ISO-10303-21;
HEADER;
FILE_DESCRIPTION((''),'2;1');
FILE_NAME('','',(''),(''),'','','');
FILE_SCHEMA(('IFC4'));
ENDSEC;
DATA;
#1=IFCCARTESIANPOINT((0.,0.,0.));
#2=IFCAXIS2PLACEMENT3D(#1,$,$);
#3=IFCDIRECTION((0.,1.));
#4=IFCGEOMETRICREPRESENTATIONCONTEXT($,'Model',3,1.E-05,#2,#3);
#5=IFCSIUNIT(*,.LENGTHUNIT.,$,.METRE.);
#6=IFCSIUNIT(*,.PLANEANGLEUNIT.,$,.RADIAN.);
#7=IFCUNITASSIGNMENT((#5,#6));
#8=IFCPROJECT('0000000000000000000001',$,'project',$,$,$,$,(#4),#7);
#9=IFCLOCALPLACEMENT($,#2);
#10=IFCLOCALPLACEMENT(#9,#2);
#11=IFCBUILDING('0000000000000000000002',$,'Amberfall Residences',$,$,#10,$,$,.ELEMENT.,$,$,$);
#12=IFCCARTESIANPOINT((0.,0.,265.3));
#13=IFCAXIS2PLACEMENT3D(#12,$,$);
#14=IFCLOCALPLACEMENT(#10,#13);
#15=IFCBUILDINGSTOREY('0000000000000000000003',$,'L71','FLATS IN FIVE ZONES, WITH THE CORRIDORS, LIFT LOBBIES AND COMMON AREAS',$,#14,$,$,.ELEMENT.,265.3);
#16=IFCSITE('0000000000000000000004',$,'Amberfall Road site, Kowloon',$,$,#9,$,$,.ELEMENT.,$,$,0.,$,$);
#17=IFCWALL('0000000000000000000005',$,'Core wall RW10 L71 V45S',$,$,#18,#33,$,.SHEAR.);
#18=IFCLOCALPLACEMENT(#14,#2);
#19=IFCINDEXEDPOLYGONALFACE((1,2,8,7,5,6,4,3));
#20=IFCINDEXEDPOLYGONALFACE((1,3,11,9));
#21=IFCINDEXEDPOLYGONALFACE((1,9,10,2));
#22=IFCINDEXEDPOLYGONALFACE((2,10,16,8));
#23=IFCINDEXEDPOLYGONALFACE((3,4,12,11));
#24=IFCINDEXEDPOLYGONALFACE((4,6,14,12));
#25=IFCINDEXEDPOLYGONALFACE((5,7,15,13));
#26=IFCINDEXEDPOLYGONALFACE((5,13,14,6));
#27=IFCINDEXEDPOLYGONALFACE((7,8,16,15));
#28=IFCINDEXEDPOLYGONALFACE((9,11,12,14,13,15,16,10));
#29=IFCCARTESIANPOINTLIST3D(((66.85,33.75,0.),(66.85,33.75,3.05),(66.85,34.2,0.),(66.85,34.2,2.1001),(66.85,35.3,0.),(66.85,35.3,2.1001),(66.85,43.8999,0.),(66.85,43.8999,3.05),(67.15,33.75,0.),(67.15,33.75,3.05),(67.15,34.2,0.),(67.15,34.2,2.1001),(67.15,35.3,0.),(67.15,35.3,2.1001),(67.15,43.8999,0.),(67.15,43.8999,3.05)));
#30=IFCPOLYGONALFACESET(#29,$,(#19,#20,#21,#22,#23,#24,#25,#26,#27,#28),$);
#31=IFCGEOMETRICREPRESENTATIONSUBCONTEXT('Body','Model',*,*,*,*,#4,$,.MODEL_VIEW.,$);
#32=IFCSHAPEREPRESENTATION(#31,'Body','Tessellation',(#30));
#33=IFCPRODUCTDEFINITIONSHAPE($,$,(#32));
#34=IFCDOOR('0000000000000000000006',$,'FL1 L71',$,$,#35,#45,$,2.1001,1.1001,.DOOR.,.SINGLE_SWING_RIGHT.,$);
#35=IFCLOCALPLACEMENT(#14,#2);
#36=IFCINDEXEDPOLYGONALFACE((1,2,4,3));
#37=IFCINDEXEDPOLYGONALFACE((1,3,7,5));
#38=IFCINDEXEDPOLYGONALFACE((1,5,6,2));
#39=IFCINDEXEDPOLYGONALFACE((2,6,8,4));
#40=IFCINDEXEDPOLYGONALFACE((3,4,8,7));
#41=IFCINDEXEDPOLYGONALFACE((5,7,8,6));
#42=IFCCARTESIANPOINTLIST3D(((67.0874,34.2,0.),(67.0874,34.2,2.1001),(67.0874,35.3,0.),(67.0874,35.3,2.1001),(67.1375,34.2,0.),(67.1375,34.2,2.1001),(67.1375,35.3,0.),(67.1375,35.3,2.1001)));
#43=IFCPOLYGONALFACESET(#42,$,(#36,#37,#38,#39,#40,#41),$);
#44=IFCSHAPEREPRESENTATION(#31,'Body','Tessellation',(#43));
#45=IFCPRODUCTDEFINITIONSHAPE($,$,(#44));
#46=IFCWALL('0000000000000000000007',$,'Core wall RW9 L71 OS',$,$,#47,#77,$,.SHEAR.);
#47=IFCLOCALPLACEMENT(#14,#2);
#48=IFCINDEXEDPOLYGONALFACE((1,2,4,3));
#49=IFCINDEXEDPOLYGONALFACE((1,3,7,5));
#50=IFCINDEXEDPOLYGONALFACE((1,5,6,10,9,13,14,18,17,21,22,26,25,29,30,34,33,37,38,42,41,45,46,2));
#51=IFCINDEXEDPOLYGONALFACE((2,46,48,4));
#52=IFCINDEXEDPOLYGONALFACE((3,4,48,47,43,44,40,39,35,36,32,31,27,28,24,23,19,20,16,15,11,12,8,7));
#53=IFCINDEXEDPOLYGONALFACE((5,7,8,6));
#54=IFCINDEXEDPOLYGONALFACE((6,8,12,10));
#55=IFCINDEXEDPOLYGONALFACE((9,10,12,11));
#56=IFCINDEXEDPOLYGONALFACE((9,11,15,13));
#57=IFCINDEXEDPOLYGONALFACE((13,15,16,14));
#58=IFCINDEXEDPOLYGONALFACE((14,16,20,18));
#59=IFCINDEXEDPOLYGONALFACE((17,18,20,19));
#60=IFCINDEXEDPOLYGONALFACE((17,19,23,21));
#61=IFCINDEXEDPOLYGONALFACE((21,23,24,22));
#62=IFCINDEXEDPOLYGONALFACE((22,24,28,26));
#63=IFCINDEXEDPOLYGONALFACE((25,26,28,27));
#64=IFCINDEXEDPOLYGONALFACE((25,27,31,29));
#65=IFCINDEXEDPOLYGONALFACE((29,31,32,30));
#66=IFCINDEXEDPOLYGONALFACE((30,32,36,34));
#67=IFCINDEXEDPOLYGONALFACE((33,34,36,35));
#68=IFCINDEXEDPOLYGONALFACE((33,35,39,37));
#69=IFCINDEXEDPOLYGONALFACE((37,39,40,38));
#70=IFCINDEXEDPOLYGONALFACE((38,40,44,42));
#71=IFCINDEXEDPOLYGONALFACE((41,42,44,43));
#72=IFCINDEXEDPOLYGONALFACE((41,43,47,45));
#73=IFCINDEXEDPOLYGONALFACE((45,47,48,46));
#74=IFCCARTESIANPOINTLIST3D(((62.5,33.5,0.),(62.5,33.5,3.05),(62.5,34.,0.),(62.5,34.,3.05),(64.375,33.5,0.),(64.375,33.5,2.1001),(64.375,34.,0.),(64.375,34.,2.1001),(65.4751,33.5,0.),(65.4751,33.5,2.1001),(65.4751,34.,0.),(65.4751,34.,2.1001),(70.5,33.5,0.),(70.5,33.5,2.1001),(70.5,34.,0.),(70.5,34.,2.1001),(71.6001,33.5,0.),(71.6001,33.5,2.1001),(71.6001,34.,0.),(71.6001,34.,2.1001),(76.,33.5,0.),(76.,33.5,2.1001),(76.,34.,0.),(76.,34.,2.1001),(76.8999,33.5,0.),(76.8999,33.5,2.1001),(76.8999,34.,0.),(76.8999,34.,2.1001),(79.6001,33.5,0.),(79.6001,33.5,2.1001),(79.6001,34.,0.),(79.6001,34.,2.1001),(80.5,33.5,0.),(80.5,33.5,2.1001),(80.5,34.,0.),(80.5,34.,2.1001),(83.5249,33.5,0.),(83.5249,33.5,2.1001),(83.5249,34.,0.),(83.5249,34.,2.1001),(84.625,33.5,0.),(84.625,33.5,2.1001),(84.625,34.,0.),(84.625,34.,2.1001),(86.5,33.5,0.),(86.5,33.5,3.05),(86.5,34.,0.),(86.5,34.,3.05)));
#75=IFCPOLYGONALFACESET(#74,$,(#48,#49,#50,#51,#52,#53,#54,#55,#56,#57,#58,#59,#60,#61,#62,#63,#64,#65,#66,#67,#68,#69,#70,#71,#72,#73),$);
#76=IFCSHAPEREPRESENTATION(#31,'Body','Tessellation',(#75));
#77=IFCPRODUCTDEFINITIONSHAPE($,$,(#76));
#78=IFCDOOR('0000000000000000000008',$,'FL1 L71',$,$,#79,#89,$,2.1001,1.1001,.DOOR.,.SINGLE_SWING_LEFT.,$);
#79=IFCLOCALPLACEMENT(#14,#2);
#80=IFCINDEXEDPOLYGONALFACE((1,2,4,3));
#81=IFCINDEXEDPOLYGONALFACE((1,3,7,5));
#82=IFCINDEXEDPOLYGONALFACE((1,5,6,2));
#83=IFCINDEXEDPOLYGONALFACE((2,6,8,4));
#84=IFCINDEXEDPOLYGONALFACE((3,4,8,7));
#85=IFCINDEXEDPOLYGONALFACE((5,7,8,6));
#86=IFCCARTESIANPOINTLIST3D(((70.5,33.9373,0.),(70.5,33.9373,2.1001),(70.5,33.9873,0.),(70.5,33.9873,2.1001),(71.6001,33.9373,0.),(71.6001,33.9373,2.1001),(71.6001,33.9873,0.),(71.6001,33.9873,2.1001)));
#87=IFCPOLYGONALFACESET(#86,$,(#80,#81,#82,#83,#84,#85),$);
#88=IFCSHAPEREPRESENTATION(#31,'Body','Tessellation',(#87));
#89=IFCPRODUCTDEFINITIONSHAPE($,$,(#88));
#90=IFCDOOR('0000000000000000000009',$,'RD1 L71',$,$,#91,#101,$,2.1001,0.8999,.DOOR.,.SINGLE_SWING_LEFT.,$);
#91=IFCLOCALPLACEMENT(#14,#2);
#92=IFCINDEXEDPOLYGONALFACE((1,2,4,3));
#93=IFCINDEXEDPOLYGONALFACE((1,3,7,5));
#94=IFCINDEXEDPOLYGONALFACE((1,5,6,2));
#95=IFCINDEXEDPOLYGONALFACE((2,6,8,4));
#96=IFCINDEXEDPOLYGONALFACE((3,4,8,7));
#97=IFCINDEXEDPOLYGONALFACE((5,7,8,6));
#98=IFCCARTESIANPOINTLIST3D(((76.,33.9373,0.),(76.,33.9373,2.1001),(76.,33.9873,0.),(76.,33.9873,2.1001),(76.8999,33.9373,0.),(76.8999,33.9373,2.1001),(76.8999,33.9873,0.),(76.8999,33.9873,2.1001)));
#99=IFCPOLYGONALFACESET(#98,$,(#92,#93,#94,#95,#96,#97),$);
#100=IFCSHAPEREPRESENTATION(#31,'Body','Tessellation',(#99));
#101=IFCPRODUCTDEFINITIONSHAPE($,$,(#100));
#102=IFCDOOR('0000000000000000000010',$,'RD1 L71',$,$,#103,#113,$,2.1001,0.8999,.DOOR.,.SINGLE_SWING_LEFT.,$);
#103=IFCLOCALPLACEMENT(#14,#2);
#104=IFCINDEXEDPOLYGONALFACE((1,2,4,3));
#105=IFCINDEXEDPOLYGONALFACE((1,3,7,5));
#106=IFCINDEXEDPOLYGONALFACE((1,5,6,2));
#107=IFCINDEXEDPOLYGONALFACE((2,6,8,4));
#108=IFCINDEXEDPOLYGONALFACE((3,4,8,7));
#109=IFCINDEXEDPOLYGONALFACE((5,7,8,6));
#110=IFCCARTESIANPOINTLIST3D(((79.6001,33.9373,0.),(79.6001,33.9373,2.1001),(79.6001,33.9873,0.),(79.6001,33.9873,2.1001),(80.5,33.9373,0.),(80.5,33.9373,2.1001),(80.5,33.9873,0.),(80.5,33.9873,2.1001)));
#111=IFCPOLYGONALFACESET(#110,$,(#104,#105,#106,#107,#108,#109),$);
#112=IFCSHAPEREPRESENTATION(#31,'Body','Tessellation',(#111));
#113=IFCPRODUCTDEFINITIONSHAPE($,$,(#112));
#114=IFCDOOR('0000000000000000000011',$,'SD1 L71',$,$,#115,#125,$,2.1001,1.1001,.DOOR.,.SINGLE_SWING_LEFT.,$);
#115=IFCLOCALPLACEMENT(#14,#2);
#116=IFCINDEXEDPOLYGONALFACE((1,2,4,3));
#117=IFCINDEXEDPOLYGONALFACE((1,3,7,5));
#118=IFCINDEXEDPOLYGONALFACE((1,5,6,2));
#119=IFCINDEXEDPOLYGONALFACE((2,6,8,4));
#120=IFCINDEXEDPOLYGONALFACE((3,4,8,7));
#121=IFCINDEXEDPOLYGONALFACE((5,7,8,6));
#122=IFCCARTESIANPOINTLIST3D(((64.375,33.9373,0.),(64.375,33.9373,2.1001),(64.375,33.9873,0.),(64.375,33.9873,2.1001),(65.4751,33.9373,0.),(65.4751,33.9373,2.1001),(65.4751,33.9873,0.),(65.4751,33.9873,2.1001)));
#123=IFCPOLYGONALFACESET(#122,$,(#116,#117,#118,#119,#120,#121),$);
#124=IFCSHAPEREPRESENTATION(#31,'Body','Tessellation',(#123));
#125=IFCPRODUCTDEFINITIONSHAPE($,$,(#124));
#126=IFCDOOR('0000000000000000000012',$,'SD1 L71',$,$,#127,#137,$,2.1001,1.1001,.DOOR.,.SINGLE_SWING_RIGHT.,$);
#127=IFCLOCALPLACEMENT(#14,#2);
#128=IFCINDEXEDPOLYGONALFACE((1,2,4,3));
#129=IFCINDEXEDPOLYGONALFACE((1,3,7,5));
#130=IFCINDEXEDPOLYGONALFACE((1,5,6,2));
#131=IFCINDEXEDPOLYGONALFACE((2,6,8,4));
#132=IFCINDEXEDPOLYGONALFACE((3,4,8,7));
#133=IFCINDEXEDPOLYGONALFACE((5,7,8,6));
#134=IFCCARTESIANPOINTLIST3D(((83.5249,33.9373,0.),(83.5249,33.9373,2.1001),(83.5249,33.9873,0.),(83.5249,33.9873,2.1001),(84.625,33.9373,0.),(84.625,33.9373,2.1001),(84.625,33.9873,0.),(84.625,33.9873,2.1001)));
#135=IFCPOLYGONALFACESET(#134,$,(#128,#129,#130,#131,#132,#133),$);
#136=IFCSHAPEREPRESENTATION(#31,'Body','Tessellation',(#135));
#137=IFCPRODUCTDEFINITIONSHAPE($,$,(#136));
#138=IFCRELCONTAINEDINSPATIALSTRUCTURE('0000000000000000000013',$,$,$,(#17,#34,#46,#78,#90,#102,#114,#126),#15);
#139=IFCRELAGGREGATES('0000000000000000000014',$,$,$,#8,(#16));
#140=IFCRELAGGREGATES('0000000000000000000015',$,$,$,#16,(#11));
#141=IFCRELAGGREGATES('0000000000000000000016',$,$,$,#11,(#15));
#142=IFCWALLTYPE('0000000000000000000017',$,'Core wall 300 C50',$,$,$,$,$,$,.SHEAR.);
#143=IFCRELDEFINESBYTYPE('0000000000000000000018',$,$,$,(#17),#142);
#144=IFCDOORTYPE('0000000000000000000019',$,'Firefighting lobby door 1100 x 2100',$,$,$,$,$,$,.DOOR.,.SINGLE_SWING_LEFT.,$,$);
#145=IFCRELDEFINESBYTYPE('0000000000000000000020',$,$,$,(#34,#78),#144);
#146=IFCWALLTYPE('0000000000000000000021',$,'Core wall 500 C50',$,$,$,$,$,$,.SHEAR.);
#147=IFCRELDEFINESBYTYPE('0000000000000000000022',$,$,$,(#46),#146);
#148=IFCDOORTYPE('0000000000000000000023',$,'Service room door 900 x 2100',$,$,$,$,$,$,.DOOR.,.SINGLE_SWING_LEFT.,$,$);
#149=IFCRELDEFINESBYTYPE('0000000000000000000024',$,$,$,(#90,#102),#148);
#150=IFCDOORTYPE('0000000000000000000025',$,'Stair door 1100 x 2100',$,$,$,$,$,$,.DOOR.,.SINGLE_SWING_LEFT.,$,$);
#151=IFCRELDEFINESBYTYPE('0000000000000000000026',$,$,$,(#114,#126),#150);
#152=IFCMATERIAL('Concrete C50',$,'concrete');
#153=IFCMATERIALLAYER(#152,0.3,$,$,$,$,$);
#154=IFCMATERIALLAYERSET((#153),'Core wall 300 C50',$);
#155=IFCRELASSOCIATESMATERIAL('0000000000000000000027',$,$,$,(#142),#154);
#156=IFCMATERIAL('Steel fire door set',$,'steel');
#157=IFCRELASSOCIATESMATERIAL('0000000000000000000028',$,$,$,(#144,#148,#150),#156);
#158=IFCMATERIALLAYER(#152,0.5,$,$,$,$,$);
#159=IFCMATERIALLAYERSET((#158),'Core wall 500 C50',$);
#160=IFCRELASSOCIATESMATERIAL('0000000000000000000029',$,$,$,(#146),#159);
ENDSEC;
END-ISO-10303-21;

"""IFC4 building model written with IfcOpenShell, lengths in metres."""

from ifc_helpers import new_model, si_unit, direction, frame, frame_2d, origin, place, context, subcontext, project, spatial, rectangle, extrude, material, layer, layer_set, type_object, element, fill, save


model = new_model("IFC4")

# Units and contexts
model_context = context("Model", 3, precision=1e-05, world=origin(), true_north=direction((0.0, 1.0)))
body_context = subcontext(model_context, "Body", "Model", "MODEL_VIEW")
ifc_project = project(units=[si_unit("LENGTHUNIT", "METRE"), si_unit("PLANEANGLEUNIT", "RADIAN")], contexts=[model_context])

# Site, building, storey
site_placement = place(None, origin())
site = spatial("IfcSite", under=ifc_project, at=site_placement, Name="Amberfall Road site, Kowloon", CompositionType="ELEMENT", RefElevation=0.0)
building_placement = place(site_placement, origin())
building = spatial("IfcBuilding", under=site, at=building_placement, Name="Amberfall Residences", CompositionType="ELEMENT")
storey_placement = place(building_placement, frame((0.0, 0.0, 265.3)))
storey = spatial("IfcBuildingStorey", under=building, at=storey_placement, Name="L71", Description="FLATS IN FIVE ZONES, WITH THE CORRIDORS, LIFT LOBBIES AND COMMON AREAS", CompositionType="ELEMENT", Elevation=265.3)

# Wall, opening, door
ifc_material_1 = material(Name="Concrete C50", Category="concrete")
ifc_layer_1 = layer(ifc_material_1, 0.3)
ifc_layer_set_1 = layer_set([ifc_layer_1], Name="Core wall 300 C50")
wall_type_1 = type_object("IfcWallType", Name="Core wall 300 C50", PredefinedType="SHEAR", material=ifc_layer_set_1)
wall_1_placement = place(storey_placement, frame((67.0, 33.75, 0.0), z_axis=(0.0, 0.0, 1.0), x_axis=(0.0, 1.0, 0.0)))
wall_1 = element("IfcWall", 1, at=wall_1_placement, inside=storey, type_object=wall_type_1, Name="Core wall RW10 L71 V45S", PredefinedType="SHEAR", context=body_context, shape_type="SweptSolid", body=[
    extrude(rectangle(XDim=10.1499, YDim=0.3, at=frame_2d((5.075, 0.0))), origin(), (0.0, 0.0, 1.0), 3.05),
])
opening_1_placement = place(wall_1_placement, frame((0.45, 0.0, 0.0)))
opening_1 = element("IfcOpeningElement", 2, at=opening_1_placement, cuts=wall_1, PredefinedType="OPENING", context=body_context, shape_type="SweptSolid", body=[
    extrude(rectangle(XDim=1.1001, YDim=2.1001, at=frame_2d((0.55, 1.05))), frame((0.0, 0.1599, 0.0), z_axis=(0.0, -1.0, 0.0), x_axis=(1.0, 0.0, 0.0)), (0.0, 0.0, 1.0), 0.3201),
])
ifc_material_2 = material(Name="Steel fire door set", Category="steel")
door_type_1 = type_object("IfcDoorType", Name="Firefighting lobby door 1100 x 2100", OperationType="SINGLE_SWING_LEFT", PredefinedType="DOOR", material=ifc_material_2)
door_1_placement = place(opening_1_placement, origin())
door_1 = element("IfcDoor", 3, at=door_1_placement, inside=storey, type_object=door_type_1, Name="FL1 L71", OperationType="SINGLE_SWING_RIGHT", OverallHeight=2.1001, OverallWidth=1.1001, PredefinedType="DOOR", context=body_context, shape_type="SweptSolid", body=[
    extrude(rectangle(XDim=1.1001, YDim=2.1001, at=frame_2d((0.55, 1.05))), frame((0.0, -0.0874, 0.0), z_axis=(0.0, -1.0, 0.0), x_axis=(1.0, 0.0, 0.0)), (0.0, 0.0, 1.0), 0.05),
])
fill(opening_1, door_1)

# Wall, openings, doors
ifc_layer_2 = layer(ifc_material_1, 0.5)
ifc_layer_set_2 = layer_set([ifc_layer_2], Name="Core wall 500 C50")
wall_type_2 = type_object("IfcWallType", Name="Core wall 500 C50", PredefinedType="SHEAR", material=ifc_layer_set_2)
wall_2_placement = place(storey_placement, frame((62.5, 33.75, 0.0), z_axis=(0.0, 0.0, 1.0), x_axis=(1.0, 0.0, 0.0)))
wall_2 = element("IfcWall", 4, at=wall_2_placement, inside=storey, type_object=wall_type_2, Name="Core wall RW9 L71 OS", PredefinedType="SHEAR", context=body_context, shape_type="SweptSolid", body=[
    extrude(rectangle(XDim=24.0, YDim=0.5, at=frame_2d((12.0, 0.0))), origin(), (0.0, 0.0, 1.0), 3.05),
])
opening_2_placement = place(wall_2_placement, frame((1.875, 0.0, 0.0)))
opening_2 = element("IfcOpeningElement", 5, at=opening_2_placement, cuts=wall_2, PredefinedType="OPENING", context=body_context, shape_type="SweptSolid", body=[
    extrude(rectangle(XDim=1.1001, YDim=2.1001, at=frame_2d((0.55, 1.05))), frame((0.0, 0.26, 0.0), z_axis=(0.0, -1.0, 0.0), x_axis=(1.0, 0.0, 0.0)), (0.0, 0.0, 1.0), 0.52),
])
opening_3_placement = place(wall_2_placement, frame((21.0249, 0.0, 0.0)))
opening_3 = element("IfcOpeningElement", 6, at=opening_3_placement, cuts=wall_2, PredefinedType="OPENING", context=body_context, shape_type="SweptSolid", body=[
    extrude(rectangle(XDim=1.1001, YDim=2.1001, at=frame_2d((0.55, 1.05))), frame((0.0, 0.26, 0.0), z_axis=(0.0, -1.0, 0.0), x_axis=(1.0, 0.0, 0.0)), (0.0, 0.0, 1.0), 0.52),
])
opening_4_placement = place(wall_2_placement, frame((8.0, 0.0, 0.0)))
opening_4 = element("IfcOpeningElement", 7, at=opening_4_placement, cuts=wall_2, PredefinedType="OPENING", context=body_context, shape_type="SweptSolid", body=[
    extrude(rectangle(XDim=1.1001, YDim=2.1001, at=frame_2d((0.55, 1.05))), frame((0.0, 0.26, 0.0), z_axis=(0.0, -1.0, 0.0), x_axis=(1.0, 0.0, 0.0)), (0.0, 0.0, 1.0), 0.52),
])
opening_5_placement = place(wall_2_placement, frame((13.5, 0.0, 0.0)))
opening_5 = element("IfcOpeningElement", 8, at=opening_5_placement, cuts=wall_2, PredefinedType="OPENING", context=body_context, shape_type="SweptSolid", body=[
    extrude(rectangle(XDim=0.8999, YDim=2.1001, at=frame_2d((0.45, 1.05))), frame((0.0, 0.26, 0.0), z_axis=(0.0, -1.0, 0.0), x_axis=(1.0, 0.0, 0.0)), (0.0, 0.0, 1.0), 0.52),
])
opening_6_placement = place(wall_2_placement, frame((17.1001, 0.0, 0.0)))
opening_6 = element("IfcOpeningElement", 9, at=opening_6_placement, cuts=wall_2, PredefinedType="OPENING", context=body_context, shape_type="SweptSolid", body=[
    extrude(rectangle(XDim=0.8999, YDim=2.1001, at=frame_2d((0.45, 1.05))), frame((0.0, 0.26, 0.0), z_axis=(0.0, -1.0, 0.0), x_axis=(1.0, 0.0, 0.0)), (0.0, 0.0, 1.0), 0.52),
])
door_2_placement = place(opening_4_placement, origin())
door_2 = element("IfcDoor", 10, at=door_2_placement, inside=storey, type_object=door_type_1, Name="FL1 L71", OperationType="SINGLE_SWING_LEFT", OverallHeight=2.1001, OverallWidth=1.1001, PredefinedType="DOOR", context=body_context, shape_type="SweptSolid", body=[
    extrude(rectangle(XDim=1.1001, YDim=2.1001, at=frame_2d((0.55, 1.05))), frame((0.0, 0.2373, 0.0), z_axis=(0.0, -1.0, 0.0), x_axis=(1.0, 0.0, 0.0)), (0.0, 0.0, 1.0), 0.05),
])
fill(opening_4, door_2)
door_type_2 = type_object("IfcDoorType", Name="Service room door 900 x 2100", OperationType="SINGLE_SWING_LEFT", PredefinedType="DOOR", material=ifc_material_2)
door_3_placement = place(opening_5_placement, origin())
door_3 = element("IfcDoor", 11, at=door_3_placement, inside=storey, type_object=door_type_2, Name="RD1 L71", OperationType="SINGLE_SWING_LEFT", OverallHeight=2.1001, OverallWidth=0.8999, PredefinedType="DOOR", context=body_context, shape_type="SweptSolid", body=[
    extrude(rectangle(XDim=0.8999, YDim=2.1001, at=frame_2d((0.45, 1.05))), frame((0.0, 0.2373, 0.0), z_axis=(0.0, -1.0, 0.0), x_axis=(1.0, 0.0, 0.0)), (0.0, 0.0, 1.0), 0.05),
])
fill(opening_5, door_3)
door_4_placement = place(opening_6_placement, origin())
door_4 = element("IfcDoor", 12, at=door_4_placement, inside=storey, type_object=door_type_2, Name="RD1 L71", OperationType="SINGLE_SWING_LEFT", OverallHeight=2.1001, OverallWidth=0.8999, PredefinedType="DOOR", context=body_context, shape_type="SweptSolid", body=[
    extrude(rectangle(XDim=0.8999, YDim=2.1001, at=frame_2d((0.45, 1.05))), frame((0.0, 0.2373, 0.0), z_axis=(0.0, -1.0, 0.0), x_axis=(1.0, 0.0, 0.0)), (0.0, 0.0, 1.0), 0.05),
])
fill(opening_6, door_4)
door_type_3 = type_object("IfcDoorType", Name="Stair door 1100 x 2100", OperationType="SINGLE_SWING_LEFT", PredefinedType="DOOR", material=ifc_material_2)
door_5_placement = place(opening_2_placement, origin())
door_5 = element("IfcDoor", 13, at=door_5_placement, inside=storey, type_object=door_type_3, Name="SD1 L71", OperationType="SINGLE_SWING_LEFT", OverallHeight=2.1001, OverallWidth=1.1001, PredefinedType="DOOR", context=body_context, shape_type="SweptSolid", body=[
    extrude(rectangle(XDim=1.1001, YDim=2.1001, at=frame_2d((0.55, 1.05))), frame((0.0, 0.2373, 0.0), z_axis=(0.0, -1.0, 0.0), x_axis=(1.0, 0.0, 0.0)), (0.0, 0.0, 1.0), 0.05),
])
fill(opening_2, door_5)
door_6_placement = place(opening_3_placement, origin())
door_6 = element("IfcDoor", 14, at=door_6_placement, inside=storey, type_object=door_type_3, Name="SD1 L71", OperationType="SINGLE_SWING_RIGHT", OverallHeight=2.1001, OverallWidth=1.1001, PredefinedType="DOOR", context=body_context, shape_type="SweptSolid", body=[
    extrude(rectangle(XDim=1.1001, YDim=2.1001, at=frame_2d((0.55, 1.05))), frame((0.0, 0.2373, 0.0), z_axis=(0.0, -1.0, 0.0), x_axis=(1.0, 0.0, 0.0)), (0.0, 0.0, 1.0), 0.05),
])
fill(opening_3, door_6)

save(model, "model.ifc")
